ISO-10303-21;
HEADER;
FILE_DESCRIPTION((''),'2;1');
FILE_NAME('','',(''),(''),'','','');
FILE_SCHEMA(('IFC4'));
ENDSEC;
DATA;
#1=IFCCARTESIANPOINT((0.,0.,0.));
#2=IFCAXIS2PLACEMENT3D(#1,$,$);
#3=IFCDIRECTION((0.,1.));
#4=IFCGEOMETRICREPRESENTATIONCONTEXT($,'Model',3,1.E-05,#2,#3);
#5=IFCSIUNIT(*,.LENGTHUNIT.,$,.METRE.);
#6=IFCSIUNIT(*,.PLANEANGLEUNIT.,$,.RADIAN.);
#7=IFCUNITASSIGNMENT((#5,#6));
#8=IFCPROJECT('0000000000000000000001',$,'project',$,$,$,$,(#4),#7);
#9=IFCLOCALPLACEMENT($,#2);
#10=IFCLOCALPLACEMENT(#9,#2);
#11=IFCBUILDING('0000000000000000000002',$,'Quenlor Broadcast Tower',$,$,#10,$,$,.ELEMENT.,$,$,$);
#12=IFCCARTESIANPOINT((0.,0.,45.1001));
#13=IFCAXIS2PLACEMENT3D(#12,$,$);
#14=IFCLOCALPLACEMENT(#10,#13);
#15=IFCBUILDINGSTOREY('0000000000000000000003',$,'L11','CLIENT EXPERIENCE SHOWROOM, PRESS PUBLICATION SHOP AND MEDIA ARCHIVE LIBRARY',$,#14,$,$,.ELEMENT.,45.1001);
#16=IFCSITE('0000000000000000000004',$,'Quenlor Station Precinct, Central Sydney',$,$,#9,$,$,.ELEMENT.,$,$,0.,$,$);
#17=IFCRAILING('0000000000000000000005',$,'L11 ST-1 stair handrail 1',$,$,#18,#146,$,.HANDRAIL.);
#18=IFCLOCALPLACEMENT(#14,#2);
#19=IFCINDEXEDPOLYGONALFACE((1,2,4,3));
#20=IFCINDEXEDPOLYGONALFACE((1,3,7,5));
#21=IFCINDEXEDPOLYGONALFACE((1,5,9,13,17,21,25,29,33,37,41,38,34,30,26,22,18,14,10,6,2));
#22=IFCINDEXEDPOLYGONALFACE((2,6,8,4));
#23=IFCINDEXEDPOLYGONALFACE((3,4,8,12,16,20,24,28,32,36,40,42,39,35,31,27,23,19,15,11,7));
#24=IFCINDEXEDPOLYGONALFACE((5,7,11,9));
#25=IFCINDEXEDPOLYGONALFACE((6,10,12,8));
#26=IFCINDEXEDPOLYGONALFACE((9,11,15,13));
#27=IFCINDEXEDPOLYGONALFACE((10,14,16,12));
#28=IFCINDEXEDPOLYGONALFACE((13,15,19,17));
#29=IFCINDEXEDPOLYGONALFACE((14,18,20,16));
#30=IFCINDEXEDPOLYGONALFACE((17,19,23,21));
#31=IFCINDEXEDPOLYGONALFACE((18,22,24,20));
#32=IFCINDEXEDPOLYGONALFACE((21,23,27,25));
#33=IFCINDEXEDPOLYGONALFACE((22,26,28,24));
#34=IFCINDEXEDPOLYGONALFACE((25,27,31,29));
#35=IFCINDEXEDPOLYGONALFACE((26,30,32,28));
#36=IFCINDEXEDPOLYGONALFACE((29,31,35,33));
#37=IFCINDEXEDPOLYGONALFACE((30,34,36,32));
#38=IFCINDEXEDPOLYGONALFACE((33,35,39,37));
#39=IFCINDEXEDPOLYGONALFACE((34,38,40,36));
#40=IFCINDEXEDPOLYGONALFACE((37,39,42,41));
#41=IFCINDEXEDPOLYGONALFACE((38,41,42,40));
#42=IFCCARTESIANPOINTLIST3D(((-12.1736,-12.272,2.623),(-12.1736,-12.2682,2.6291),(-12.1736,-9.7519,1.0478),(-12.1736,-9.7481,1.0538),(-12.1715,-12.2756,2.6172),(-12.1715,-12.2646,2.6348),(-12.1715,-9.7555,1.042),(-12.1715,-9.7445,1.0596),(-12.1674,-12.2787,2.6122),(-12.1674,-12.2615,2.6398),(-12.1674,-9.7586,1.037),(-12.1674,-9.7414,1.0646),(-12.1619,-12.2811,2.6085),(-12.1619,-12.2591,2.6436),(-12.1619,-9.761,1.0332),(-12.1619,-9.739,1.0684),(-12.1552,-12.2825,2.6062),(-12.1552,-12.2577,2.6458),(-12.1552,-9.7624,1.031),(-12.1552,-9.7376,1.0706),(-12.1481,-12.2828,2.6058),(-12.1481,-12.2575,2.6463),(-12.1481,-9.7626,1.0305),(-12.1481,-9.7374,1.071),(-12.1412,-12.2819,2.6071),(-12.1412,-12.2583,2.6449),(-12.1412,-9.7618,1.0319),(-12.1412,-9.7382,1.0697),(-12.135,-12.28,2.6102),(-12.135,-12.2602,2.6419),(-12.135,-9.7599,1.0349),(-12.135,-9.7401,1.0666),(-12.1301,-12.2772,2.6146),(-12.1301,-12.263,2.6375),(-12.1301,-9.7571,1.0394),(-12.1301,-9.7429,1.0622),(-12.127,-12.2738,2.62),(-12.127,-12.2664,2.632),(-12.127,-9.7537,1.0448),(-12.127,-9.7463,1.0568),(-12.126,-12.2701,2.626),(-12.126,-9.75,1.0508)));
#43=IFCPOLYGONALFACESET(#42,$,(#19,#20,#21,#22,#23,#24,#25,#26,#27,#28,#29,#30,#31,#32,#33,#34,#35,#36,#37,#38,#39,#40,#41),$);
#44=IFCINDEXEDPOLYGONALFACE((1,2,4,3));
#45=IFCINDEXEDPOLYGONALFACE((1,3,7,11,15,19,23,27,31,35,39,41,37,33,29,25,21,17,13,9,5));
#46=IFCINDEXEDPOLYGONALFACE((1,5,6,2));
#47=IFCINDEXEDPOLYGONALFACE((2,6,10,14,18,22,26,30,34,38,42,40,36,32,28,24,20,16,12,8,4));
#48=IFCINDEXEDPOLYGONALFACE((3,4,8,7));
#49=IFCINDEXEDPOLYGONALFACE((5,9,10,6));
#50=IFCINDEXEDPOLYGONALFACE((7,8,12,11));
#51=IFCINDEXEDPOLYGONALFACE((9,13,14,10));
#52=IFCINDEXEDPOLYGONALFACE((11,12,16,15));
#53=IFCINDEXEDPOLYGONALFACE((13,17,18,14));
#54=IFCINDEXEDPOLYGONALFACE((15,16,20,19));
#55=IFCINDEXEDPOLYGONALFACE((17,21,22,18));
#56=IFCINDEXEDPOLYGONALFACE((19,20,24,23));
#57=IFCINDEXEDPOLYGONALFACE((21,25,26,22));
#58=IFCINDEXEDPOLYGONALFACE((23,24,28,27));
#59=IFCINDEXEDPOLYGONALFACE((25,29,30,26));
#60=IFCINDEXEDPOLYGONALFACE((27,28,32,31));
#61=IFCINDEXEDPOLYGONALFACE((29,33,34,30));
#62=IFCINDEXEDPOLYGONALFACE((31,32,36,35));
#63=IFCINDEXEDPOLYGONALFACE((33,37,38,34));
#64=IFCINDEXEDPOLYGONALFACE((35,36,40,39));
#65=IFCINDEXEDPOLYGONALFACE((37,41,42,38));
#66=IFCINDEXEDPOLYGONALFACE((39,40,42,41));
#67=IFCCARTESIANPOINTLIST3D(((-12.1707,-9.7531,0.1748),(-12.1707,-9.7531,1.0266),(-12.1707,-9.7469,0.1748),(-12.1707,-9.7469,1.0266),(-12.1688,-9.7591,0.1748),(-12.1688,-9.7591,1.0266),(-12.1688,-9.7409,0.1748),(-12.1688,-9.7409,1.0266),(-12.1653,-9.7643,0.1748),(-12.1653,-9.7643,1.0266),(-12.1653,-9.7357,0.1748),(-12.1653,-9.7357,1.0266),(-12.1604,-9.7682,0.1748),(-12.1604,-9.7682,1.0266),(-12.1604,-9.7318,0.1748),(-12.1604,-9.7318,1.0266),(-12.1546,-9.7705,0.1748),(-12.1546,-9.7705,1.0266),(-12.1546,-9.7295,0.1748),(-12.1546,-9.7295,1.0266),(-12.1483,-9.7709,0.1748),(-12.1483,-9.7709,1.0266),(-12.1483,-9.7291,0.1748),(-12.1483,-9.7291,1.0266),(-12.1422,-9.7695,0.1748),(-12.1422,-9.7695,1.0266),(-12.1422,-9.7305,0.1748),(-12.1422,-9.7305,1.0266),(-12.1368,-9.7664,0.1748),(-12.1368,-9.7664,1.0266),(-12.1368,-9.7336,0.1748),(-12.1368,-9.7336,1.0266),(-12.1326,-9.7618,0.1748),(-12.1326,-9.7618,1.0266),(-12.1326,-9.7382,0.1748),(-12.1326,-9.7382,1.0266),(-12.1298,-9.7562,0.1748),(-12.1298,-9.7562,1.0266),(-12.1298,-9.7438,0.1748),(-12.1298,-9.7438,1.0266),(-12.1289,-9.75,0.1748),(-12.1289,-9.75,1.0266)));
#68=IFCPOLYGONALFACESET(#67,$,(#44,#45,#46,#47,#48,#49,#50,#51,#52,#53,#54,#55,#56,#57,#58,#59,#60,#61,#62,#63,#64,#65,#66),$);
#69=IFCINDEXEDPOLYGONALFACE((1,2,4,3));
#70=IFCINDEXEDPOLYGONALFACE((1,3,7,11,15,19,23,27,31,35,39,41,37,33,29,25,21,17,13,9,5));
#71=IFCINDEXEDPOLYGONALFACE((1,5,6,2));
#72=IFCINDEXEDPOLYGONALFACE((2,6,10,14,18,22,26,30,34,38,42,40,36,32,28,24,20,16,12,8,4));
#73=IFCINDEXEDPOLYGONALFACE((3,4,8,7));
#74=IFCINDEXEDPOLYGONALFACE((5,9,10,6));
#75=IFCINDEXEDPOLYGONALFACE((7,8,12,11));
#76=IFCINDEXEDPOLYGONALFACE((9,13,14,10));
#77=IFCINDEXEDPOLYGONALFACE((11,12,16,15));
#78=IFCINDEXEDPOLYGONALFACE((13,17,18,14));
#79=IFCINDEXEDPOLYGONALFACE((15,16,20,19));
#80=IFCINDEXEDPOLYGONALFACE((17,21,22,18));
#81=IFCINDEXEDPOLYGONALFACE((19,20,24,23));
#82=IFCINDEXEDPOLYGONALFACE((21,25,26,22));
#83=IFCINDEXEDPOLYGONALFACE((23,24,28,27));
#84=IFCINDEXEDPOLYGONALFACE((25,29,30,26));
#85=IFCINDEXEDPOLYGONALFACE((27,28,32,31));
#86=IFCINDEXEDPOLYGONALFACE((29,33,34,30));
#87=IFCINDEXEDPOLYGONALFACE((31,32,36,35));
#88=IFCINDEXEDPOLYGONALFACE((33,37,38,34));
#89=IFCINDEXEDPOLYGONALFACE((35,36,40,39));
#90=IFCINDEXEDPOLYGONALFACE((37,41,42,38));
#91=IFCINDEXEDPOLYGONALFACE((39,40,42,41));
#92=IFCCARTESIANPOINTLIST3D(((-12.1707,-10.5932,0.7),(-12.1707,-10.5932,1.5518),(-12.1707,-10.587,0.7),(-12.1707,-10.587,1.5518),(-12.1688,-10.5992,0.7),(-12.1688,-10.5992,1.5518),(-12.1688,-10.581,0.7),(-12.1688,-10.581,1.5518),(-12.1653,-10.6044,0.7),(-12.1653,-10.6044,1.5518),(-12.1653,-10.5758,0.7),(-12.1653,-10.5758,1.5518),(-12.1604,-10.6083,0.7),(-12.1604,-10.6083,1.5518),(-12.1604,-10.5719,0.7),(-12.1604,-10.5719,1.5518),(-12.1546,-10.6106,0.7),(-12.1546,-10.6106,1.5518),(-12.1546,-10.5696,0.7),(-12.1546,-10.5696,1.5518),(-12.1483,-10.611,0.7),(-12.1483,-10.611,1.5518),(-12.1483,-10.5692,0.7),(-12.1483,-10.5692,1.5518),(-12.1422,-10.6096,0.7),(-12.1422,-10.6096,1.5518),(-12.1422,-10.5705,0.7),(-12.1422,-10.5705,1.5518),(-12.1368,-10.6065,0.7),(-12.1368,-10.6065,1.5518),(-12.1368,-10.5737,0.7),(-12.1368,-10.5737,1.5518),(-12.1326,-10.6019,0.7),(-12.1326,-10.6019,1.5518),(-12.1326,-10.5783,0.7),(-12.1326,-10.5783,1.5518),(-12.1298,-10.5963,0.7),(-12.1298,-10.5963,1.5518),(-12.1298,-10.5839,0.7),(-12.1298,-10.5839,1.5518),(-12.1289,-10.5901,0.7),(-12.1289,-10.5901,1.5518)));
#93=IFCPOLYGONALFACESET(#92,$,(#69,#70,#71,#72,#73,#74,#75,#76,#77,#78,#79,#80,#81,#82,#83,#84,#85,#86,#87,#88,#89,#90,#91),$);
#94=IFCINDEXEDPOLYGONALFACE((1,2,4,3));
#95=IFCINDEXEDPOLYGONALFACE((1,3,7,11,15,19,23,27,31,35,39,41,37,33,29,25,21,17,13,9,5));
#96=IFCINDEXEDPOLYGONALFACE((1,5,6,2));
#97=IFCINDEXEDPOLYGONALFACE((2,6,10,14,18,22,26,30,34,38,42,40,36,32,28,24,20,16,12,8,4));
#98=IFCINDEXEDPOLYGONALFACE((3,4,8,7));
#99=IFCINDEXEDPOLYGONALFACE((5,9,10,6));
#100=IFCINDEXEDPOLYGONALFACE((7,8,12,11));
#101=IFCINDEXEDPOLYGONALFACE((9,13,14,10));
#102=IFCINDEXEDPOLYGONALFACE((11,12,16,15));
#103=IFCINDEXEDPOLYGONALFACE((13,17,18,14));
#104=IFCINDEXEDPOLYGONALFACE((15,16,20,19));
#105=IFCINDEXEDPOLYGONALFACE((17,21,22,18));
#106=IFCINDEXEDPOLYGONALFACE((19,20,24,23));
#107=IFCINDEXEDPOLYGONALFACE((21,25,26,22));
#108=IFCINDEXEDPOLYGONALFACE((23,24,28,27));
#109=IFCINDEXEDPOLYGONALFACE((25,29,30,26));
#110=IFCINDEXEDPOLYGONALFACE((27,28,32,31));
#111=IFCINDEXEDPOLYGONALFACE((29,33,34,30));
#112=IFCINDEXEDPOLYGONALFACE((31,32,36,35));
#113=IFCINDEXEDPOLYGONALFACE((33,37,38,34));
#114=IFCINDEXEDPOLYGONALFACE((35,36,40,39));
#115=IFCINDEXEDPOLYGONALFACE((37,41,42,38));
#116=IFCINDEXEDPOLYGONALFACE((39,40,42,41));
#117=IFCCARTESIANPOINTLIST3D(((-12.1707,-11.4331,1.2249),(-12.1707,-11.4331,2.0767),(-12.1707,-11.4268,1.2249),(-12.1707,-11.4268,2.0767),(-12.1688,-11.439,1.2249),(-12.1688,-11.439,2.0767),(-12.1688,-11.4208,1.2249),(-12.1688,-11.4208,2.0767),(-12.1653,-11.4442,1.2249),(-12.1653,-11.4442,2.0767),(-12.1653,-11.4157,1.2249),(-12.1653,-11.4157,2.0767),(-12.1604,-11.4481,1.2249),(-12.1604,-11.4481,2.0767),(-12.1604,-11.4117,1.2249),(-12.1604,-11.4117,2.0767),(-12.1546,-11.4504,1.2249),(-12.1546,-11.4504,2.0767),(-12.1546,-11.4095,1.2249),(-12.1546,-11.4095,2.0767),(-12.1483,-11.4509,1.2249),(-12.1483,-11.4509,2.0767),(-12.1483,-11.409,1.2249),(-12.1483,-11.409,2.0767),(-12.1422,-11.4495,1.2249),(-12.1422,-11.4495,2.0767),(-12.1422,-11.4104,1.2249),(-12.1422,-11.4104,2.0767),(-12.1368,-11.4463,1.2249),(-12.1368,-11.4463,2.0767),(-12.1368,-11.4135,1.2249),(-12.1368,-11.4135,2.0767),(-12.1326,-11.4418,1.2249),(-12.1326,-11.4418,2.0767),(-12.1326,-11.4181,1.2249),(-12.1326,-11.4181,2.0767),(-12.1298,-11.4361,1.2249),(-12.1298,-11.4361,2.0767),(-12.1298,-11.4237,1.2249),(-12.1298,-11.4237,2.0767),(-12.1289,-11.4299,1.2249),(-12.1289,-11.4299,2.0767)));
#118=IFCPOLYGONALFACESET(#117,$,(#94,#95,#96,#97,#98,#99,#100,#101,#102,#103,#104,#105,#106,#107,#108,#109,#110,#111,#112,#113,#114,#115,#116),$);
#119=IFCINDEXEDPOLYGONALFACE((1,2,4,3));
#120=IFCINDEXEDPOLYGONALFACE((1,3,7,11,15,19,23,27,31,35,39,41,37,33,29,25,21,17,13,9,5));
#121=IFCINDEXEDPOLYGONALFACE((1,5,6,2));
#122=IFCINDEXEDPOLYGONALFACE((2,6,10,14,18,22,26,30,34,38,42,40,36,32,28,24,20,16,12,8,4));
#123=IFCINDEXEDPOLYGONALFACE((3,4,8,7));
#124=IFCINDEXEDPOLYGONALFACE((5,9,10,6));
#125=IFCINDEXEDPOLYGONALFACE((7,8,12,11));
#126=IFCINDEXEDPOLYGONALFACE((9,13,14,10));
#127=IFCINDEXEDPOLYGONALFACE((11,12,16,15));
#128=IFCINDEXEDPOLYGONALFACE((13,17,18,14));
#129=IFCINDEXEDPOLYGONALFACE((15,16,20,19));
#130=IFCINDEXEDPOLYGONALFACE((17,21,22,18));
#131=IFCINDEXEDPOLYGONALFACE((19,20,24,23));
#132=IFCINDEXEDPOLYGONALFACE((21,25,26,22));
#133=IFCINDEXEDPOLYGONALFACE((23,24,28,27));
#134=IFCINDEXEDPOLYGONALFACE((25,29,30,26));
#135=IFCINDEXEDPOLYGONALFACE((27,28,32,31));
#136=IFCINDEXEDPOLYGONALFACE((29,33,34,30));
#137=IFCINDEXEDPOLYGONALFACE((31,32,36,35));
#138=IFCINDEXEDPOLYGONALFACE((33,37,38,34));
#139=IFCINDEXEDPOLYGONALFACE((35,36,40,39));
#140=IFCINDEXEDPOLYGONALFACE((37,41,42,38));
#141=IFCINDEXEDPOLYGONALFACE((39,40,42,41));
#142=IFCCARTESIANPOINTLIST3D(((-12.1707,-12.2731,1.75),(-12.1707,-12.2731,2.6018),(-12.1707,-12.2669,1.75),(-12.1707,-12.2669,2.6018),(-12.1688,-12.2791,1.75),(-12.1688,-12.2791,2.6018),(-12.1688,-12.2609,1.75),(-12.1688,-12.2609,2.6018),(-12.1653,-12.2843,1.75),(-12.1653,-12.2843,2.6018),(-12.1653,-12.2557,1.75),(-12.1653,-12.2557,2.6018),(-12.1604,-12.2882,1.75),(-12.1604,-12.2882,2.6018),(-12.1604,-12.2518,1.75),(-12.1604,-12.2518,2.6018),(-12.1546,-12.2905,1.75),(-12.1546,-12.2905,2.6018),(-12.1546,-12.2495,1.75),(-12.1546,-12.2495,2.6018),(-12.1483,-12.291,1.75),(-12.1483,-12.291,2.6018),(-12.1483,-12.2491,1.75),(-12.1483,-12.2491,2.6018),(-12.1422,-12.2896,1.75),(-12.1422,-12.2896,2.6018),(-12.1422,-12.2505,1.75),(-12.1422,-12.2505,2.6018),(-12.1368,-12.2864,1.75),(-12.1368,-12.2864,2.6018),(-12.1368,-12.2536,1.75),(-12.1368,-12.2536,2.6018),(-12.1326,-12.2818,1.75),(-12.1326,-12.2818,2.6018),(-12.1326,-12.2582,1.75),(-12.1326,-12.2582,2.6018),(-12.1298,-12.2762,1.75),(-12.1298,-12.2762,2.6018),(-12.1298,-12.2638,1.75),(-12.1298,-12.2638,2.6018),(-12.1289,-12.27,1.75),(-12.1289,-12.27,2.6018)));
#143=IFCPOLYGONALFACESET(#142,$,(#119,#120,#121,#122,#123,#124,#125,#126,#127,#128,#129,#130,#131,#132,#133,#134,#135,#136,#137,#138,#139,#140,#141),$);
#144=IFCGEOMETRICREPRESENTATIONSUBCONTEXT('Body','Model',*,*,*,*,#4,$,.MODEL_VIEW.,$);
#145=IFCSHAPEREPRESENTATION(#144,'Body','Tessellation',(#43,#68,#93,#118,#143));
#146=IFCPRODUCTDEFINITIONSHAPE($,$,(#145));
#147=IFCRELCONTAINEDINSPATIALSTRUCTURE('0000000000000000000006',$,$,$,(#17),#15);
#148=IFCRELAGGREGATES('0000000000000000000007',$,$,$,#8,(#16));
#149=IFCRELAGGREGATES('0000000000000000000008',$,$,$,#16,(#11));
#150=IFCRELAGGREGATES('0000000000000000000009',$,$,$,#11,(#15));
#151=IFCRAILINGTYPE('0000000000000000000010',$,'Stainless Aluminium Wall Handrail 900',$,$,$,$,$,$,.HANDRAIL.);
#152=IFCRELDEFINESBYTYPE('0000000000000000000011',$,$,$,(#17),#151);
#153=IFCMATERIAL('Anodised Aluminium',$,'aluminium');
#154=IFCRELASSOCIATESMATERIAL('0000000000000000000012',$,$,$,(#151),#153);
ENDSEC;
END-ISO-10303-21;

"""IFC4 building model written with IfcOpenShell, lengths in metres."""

from ifc_helpers import new_model, si_unit, direction, frame, origin, origin_2d, place, context, subcontext, project, spatial, circle, extrude, material, type_object, element, save


model = new_model("IFC4")

# Units and contexts
model_context = context("Model", 3, precision=1e-05, world=origin(), true_north=direction((0.0, 1.0)))
body_context = subcontext(model_context, "Body", "Model", "MODEL_VIEW")
ifc_project = project(units=[si_unit("LENGTHUNIT", "METRE"), si_unit("PLANEANGLEUNIT", "RADIAN")], contexts=[model_context])

# Site, building, storey
site_placement = place(None, origin())
site = spatial("IfcSite", under=ifc_project, at=site_placement, Name="Quenlor Station Precinct, Central Sydney", CompositionType="ELEMENT", RefElevation=0.0)
building_placement = place(site_placement, origin())
building = spatial("IfcBuilding", under=site, at=building_placement, Name="Quenlor Broadcast Tower", CompositionType="ELEMENT")
storey_placement = place(building_placement, frame((0.0, 0.0, 45.1001)))
storey = spatial("IfcBuildingStorey", under=building, at=storey_placement, Name="L11", Description="CLIENT EXPERIENCE SHOWROOM, PRESS PUBLICATION SHOP AND MEDIA ARCHIVE LIBRARY", CompositionType="ELEMENT", Elevation=45.1001)

# Railing
ifc_material_1 = material(Name="Anodised Aluminium", Category="aluminium")
railing_type = type_object("IfcRailingType", Name="Stainless Aluminium Wall Handrail 900", PredefinedType="HANDRAIL", material=ifc_material_1)
railing_placement = place(storey_placement, frame((-12.1499, -9.75, 0.1748)))
element("IfcRailing", 1, at=railing_placement, inside=storey, type_object=railing_type, Name="L11 ST-1 stair handrail 1", PredefinedType="HANDRAIL", context=body_context, shape_type="SweptSolid", body=[
    extrude(circle(Radius=0.0239, at=origin_2d()), frame((0.0, 0.0, 0.876), z_axis=(0.0, -0.847971, 0.530043), x_axis=(1.0, 0.0, 0.0)), (0.0, 0.0, 1.0), 2.9719),
    extrude(circle(Radius=0.021, at=origin_2d()), origin(), (0.0, 0.0, 1.0), 0.8518),
    extrude(circle(Radius=0.021, at=origin_2d()), frame((0.0, -0.8401, 0.5251)), (0.0, 0.0, 1.0), 0.8518),
    extrude(circle(Radius=0.021, at=origin_2d()), frame((0.0, -1.6799, 1.05)), (0.0, 0.0, 1.0), 0.8518),
    extrude(circle(Radius=0.021, at=origin_2d()), frame((0.0, -2.52, 1.5752)), (0.0, 0.0, 1.0), 0.8518),
])

save(model, "model.ifc")
